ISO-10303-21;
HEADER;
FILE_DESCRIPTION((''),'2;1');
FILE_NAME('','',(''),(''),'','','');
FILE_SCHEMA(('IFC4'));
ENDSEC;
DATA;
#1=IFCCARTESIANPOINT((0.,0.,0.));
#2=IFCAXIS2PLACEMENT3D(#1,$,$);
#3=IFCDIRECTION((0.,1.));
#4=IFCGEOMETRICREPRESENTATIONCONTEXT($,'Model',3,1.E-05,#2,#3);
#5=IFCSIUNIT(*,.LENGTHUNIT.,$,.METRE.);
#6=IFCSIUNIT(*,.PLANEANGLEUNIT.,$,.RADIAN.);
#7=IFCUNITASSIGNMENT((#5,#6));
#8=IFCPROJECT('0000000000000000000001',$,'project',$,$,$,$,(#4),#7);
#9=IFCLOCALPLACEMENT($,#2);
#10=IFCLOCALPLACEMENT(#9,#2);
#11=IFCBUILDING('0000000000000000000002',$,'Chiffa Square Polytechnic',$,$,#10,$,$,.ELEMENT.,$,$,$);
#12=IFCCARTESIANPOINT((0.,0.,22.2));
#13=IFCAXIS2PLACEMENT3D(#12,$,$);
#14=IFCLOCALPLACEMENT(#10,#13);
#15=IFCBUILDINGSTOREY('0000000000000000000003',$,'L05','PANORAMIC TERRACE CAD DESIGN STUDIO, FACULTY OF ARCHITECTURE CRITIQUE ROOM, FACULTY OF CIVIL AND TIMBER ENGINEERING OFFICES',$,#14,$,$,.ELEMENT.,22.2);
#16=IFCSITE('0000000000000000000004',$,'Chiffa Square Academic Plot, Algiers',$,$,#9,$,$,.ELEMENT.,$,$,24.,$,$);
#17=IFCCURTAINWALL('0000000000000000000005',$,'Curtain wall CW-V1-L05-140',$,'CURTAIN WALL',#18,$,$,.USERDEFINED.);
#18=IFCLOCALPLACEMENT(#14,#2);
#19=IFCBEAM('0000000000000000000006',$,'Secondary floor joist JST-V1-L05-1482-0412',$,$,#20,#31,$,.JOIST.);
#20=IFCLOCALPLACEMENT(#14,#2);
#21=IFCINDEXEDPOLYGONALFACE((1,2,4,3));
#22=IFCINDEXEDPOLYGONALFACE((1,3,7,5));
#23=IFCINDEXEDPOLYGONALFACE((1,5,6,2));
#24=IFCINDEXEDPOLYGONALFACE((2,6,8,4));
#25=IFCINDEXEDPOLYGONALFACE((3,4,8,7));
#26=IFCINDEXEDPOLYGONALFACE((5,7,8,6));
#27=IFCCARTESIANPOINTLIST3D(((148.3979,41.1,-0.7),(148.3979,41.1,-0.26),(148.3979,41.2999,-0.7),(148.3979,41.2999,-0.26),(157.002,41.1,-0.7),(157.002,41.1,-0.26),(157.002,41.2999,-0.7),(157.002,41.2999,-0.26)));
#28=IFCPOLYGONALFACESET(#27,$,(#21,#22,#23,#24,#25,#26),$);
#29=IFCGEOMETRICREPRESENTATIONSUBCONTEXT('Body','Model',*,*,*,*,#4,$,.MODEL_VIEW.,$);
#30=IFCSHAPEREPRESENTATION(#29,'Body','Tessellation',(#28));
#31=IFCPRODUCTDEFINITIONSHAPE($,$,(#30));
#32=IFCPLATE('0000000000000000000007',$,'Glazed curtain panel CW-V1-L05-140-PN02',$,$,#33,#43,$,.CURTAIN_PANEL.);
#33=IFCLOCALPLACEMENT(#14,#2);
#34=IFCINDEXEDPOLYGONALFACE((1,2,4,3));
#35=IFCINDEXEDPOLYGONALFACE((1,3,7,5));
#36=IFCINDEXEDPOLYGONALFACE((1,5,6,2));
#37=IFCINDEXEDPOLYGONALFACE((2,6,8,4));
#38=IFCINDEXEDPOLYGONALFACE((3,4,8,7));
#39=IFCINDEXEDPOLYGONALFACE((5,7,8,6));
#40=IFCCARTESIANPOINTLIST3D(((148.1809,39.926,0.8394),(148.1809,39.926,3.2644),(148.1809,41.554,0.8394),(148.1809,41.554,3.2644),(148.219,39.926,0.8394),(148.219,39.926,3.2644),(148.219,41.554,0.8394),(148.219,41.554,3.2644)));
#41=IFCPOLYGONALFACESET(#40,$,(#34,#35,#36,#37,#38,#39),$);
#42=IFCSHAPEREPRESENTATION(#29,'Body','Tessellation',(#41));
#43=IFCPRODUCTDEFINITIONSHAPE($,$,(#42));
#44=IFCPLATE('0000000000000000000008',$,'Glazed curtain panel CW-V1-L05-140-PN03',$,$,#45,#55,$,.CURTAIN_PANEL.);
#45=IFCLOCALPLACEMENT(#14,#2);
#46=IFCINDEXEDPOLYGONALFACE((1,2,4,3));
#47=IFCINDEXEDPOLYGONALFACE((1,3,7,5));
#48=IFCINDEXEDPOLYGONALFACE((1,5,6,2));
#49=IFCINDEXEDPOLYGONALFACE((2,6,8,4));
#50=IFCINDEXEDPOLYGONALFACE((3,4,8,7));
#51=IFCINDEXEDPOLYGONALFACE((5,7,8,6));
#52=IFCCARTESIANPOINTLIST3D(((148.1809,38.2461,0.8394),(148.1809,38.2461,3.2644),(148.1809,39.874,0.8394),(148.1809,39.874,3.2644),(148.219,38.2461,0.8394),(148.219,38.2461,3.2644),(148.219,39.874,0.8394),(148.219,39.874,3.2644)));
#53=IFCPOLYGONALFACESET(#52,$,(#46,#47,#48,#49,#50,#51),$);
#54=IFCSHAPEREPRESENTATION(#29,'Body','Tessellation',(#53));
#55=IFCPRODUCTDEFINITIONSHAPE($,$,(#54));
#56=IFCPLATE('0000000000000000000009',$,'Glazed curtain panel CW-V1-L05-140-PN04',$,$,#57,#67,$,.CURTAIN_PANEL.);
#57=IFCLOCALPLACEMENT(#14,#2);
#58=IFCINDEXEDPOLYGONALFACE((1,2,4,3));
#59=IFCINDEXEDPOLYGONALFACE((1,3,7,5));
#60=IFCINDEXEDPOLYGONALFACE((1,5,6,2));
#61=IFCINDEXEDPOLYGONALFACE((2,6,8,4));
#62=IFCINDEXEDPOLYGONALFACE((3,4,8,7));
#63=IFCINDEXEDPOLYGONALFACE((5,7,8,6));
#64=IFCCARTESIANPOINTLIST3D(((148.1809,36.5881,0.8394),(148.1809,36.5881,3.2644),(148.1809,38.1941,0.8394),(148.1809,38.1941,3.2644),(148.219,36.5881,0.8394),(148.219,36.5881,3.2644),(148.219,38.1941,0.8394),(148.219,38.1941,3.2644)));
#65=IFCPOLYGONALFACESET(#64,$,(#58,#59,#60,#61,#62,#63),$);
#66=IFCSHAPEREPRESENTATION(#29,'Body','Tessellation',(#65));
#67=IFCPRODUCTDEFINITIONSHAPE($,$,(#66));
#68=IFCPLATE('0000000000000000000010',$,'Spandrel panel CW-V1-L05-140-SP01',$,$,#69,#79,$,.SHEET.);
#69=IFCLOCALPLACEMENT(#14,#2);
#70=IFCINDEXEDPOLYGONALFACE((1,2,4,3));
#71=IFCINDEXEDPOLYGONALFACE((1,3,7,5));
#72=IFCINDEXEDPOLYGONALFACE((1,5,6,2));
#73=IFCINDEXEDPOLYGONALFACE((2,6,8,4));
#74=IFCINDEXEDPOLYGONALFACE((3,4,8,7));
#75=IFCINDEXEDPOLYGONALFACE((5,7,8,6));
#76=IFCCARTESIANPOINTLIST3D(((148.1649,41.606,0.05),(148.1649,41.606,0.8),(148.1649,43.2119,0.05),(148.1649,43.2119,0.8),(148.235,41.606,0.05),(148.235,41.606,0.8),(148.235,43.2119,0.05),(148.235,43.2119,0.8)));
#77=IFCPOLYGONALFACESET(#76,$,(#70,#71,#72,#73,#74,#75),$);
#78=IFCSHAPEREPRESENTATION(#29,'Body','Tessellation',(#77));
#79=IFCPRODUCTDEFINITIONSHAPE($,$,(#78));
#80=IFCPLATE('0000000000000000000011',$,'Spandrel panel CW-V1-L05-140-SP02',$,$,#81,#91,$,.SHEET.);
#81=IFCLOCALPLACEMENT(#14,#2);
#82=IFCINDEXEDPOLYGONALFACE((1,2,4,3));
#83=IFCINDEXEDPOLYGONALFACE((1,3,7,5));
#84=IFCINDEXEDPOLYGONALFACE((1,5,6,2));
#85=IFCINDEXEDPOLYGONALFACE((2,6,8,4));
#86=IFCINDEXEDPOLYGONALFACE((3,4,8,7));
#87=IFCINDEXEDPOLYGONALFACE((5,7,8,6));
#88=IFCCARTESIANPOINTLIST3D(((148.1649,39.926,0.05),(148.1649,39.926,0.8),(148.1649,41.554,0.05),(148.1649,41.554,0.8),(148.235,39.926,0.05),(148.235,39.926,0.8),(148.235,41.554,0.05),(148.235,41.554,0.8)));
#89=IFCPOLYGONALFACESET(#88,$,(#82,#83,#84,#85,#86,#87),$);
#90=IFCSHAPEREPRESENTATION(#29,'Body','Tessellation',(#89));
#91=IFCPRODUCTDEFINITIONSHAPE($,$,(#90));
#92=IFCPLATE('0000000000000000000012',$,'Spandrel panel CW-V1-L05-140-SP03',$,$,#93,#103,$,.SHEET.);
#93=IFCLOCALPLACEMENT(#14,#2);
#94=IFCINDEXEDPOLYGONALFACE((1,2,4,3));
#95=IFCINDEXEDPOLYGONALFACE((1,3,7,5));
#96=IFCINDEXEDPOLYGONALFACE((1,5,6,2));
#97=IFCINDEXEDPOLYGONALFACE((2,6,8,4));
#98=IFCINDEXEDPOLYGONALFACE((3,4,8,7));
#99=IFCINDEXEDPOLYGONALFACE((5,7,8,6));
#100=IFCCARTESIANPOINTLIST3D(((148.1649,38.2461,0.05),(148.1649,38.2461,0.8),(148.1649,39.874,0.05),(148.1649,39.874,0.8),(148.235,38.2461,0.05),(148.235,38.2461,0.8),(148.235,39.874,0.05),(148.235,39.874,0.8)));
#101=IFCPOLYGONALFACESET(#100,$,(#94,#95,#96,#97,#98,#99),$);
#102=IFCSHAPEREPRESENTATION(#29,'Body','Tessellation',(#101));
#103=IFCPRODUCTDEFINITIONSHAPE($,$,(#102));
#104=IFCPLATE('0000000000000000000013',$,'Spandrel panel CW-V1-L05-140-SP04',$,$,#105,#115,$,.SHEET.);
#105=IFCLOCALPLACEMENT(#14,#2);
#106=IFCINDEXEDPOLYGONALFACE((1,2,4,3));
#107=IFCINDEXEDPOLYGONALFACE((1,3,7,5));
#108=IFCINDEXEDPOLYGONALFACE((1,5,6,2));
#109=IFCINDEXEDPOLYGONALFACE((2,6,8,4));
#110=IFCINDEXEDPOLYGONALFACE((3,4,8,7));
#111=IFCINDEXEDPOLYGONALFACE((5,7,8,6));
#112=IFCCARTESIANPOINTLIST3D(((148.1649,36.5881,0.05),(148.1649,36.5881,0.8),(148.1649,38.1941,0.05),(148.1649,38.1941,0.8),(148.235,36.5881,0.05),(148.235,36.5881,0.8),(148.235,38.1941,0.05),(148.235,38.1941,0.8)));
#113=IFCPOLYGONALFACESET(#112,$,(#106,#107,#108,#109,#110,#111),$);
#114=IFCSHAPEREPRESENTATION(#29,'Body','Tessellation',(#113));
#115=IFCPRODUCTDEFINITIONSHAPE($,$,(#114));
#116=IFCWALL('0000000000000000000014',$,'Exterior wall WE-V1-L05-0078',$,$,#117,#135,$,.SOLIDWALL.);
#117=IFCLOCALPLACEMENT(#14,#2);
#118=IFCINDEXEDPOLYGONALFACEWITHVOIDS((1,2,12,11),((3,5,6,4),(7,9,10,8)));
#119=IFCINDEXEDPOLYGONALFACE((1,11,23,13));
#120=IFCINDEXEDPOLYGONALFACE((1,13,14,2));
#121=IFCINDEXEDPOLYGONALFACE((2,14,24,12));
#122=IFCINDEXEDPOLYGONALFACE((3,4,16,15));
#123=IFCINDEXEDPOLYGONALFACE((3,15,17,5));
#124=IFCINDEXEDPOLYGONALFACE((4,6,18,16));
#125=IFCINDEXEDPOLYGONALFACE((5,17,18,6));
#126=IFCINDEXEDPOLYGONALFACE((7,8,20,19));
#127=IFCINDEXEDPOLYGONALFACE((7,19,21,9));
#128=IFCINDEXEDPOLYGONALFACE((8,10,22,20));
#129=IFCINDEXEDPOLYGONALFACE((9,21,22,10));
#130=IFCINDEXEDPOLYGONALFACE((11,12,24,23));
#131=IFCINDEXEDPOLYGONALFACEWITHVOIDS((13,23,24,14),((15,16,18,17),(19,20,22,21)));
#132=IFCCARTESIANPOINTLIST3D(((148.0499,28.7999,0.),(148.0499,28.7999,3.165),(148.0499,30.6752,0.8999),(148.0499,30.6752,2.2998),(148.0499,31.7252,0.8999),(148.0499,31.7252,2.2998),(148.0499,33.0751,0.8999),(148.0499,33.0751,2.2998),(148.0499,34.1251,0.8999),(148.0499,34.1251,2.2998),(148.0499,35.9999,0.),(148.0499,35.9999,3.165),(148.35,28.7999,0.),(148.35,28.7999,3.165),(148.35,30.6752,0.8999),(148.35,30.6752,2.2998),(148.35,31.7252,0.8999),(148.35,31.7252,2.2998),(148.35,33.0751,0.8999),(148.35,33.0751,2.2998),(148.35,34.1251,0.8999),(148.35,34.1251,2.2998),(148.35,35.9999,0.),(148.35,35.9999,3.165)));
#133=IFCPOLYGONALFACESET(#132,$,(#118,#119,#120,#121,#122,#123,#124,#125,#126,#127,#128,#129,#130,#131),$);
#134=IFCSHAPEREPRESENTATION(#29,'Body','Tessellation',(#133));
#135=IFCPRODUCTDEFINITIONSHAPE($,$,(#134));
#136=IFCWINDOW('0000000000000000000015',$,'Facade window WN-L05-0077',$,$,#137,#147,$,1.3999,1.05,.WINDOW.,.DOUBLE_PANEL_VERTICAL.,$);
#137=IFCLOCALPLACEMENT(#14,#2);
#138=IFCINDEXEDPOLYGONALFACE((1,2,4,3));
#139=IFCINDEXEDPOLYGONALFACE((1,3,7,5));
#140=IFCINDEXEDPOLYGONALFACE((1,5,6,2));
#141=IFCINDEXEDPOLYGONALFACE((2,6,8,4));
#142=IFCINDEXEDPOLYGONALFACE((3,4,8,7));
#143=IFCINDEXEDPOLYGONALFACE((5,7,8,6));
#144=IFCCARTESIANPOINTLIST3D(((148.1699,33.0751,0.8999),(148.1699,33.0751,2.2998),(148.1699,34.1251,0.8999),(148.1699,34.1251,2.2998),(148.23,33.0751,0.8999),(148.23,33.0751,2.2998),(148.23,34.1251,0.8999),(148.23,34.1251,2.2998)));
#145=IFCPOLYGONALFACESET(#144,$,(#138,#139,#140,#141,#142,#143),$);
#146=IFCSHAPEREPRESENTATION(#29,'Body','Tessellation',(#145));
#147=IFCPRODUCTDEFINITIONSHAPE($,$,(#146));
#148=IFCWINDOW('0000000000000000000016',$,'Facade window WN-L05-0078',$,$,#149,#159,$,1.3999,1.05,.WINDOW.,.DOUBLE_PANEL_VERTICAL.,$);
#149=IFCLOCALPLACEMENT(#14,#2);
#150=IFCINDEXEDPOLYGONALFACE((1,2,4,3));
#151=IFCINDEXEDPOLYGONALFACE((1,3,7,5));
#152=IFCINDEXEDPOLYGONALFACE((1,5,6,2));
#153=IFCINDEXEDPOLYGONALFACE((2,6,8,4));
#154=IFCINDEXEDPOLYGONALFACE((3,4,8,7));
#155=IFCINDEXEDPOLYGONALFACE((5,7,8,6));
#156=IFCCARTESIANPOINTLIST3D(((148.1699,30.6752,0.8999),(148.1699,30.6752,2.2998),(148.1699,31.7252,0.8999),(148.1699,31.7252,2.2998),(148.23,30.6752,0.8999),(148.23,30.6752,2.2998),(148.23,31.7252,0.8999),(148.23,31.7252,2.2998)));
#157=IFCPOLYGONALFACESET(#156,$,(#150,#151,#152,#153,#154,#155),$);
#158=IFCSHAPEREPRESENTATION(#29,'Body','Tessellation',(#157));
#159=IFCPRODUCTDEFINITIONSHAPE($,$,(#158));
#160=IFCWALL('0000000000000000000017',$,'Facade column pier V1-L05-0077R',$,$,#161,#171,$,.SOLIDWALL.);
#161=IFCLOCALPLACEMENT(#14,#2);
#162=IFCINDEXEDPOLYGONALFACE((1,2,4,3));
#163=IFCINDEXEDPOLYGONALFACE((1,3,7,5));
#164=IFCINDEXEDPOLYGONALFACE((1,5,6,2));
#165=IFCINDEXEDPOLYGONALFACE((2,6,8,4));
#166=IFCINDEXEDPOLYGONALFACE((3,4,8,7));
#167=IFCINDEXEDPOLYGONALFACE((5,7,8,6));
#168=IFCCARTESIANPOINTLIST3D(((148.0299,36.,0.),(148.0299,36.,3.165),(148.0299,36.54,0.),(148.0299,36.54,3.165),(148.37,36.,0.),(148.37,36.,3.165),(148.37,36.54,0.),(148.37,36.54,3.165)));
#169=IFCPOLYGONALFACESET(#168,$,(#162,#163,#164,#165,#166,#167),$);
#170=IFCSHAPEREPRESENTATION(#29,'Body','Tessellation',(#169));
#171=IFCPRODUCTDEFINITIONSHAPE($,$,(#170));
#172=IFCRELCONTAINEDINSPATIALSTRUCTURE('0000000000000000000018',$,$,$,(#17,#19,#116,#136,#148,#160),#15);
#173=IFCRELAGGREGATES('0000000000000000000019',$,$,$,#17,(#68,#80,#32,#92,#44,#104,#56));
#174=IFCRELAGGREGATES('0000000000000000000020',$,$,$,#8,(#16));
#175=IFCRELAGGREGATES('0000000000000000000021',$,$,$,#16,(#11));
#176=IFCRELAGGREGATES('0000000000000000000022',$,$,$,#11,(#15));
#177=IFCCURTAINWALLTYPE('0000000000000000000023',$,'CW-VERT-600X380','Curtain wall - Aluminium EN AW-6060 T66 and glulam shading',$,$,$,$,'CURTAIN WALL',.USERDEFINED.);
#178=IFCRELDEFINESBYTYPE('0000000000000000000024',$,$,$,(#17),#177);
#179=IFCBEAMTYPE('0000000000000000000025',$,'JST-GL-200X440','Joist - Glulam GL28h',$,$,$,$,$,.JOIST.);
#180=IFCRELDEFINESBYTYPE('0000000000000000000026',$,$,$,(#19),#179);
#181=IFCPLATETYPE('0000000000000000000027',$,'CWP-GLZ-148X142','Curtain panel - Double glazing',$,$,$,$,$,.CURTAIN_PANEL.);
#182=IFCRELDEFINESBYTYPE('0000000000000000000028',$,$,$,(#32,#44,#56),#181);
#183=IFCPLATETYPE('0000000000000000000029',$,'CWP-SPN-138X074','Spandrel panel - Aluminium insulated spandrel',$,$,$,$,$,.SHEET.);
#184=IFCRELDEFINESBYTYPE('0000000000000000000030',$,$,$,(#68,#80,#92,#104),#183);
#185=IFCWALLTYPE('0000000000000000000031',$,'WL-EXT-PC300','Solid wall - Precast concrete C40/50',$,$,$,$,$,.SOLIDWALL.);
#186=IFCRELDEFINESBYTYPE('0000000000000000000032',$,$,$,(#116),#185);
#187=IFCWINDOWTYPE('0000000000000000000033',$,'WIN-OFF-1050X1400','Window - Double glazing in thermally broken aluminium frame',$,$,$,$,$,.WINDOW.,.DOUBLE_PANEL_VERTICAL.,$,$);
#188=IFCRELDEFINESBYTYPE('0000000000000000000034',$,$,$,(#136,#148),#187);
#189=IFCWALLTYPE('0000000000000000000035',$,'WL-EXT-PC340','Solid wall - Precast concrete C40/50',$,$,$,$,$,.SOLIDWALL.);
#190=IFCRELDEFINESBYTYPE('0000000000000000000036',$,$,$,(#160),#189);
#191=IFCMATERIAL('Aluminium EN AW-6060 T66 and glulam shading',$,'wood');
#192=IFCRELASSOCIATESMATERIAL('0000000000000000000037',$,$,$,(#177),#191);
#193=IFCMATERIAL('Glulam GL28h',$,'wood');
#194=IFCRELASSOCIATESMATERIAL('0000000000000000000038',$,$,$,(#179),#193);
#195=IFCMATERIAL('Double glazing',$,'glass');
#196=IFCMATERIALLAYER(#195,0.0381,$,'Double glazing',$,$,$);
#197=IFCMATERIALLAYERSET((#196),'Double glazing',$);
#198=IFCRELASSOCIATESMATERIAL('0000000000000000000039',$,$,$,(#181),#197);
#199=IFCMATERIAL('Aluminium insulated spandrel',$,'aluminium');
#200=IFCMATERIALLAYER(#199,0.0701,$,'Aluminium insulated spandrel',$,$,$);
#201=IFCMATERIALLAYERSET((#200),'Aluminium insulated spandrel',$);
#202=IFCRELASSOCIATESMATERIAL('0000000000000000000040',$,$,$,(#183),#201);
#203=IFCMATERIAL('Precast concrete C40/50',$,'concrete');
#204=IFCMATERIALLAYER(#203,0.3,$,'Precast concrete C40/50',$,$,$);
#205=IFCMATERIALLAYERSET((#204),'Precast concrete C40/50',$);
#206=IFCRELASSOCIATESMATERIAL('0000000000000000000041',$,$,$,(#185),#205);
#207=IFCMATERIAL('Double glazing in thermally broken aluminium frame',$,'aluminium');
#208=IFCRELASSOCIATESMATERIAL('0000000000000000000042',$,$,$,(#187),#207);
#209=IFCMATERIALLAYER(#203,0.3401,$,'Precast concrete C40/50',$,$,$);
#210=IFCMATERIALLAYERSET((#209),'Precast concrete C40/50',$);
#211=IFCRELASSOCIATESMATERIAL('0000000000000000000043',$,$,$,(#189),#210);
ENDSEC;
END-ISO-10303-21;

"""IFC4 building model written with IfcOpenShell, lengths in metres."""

from ifc_helpers import new_model, si_unit, direction, frame, frame_2d, origin, origin_2d, place, context, subcontext, project, spatial, rectangle, extrude, material, layer, layer_set, material_profile, profile_set, type_object, element, fill, aggregate, save


model = new_model("IFC4")

# Units and contexts
model_context = context("Model", 3, precision=1e-05, world=origin(), true_north=direction((0.0, 1.0)))
body_context = subcontext(model_context, "Body", "Model", "MODEL_VIEW")
ifc_project = project(units=[si_unit("LENGTHUNIT", "METRE"), si_unit("PLANEANGLEUNIT", "RADIAN")], contexts=[model_context])

# Site, building, storey
site_placement = place(None, origin())
site = spatial("IfcSite", under=ifc_project, at=site_placement, Name="Chiffa Square Academic Plot, Algiers", CompositionType="ELEMENT", RefElevation=24.0)
building_placement = place(site_placement, origin())
building = spatial("IfcBuilding", under=site, at=building_placement, Name="Chiffa Square Polytechnic", CompositionType="ELEMENT")
storey_placement = place(building_placement, frame((0.0, 0.0, 22.2)))
storey = spatial("IfcBuildingStorey", under=building, at=storey_placement, Name="L05", Description="PANORAMIC TERRACE CAD DESIGN STUDIO, FACULTY OF ARCHITECTURE CRITIQUE ROOM, FACULTY OF CIVIL AND TIMBER ENGINEERING OFFICES", CompositionType="ELEMENT", Elevation=22.2)

# Curtain wall
ifc_material_1 = material(Name="Aluminium EN AW-6060 T66 and glulam shading", Category="wood")
curtain_wall_type = type_object("IfcCurtainWallType", Name="CW-VERT-600X380", Description="Curtain wall - Aluminium EN AW-6060 T66 and glulam shading", ElementType="CURTAIN WALL", PredefinedType="USERDEFINED", material=ifc_material_1)
curtain_wall_placement = place(storey_placement, origin())
curtain_wall = element("IfcCurtainWall", 1, at=curtain_wall_placement, inside=storey, type_object=curtain_wall_type, Name="Curtain wall CW-V1-L05-140", ObjectType="CURTAIN WALL", PredefinedType="USERDEFINED")
ifc_material_2 = material(Name="Glulam GL28h", Category="wood")

# Beam
ifc_material_profile_1 = material_profile(ifc_material_2, rectangle(XDim=0.2, YDim=0.4399, at=origin_2d()), Name="GL28h 200x440")
ifc_profile_set_1 = profile_set([ifc_material_profile_1], Name="Glulam GL28h")
beam_type_1 = type_object("IfcBeamType", Name="JST-GL-200X440", Description="Joist - Glulam GL28h", PredefinedType="JOIST", material=ifc_profile_set_1)
for number, where, z_axis, x_axis, name in (
    (2, (148.3979, 41.2, -0.48), (1.0, 0.0, 0.0), (0.0, 1.0, 0.0), "Secondary floor joist JST-V1-L05-1482-0412"),
):
    element("IfcBeam", number, at=place(storey_placement, frame(where, z_axis=z_axis, x_axis=x_axis)), inside=storey, type_object=beam_type_1, Name=name, PredefinedType="JOIST", context=body_context, shape_type="SweptSolid", body=[
        extrude(rectangle(XDim=0.2, YDim=0.4399, at=origin_2d()), origin(), (0.0, 0.0, 1.0), 8.604),
    ])

# Plates
ifc_material_3 = material(Name="Double glazing", Category="glass")
ifc_layer_1 = layer(ifc_material_3, 0.0381, Name="Double glazing")
ifc_layer_set_1 = layer_set([ifc_layer_1], Name="Double glazing")
plate_type_1 = type_object("IfcPlateType", Name="CWP-GLZ-148X142", Description="Curtain panel - Double glazing", PredefinedType="CURTAIN_PANEL", material=ifc_layer_set_1)
plate_1_placement = place(storey_placement, frame((148.2, 40.74, 0.8394), z_axis=(0.0, 0.0, 1.0), x_axis=(0.0, -1.0, 0.0)))
plate_1 = element("IfcPlate", 3, at=plate_1_placement, type_object=plate_type_1, Name="Glazed curtain panel CW-V1-L05-140-PN02", PredefinedType="CURTAIN_PANEL", context=body_context, shape_type="SweptSolid", body=[
    extrude(rectangle(XDim=1.6279, YDim=0.0381, at=origin_2d()), origin(), (0.0, 0.0, 1.0), 2.425),
])
plate_2_placement = place(storey_placement, frame((148.2, 39.0601, 0.8394), z_axis=(0.0, 0.0, 1.0), x_axis=(0.0, -1.0, 0.0)))
plate_2 = element("IfcPlate", 4, at=plate_2_placement, type_object=plate_type_1, Name="Glazed curtain panel CW-V1-L05-140-PN03", PredefinedType="CURTAIN_PANEL", context=body_context, shape_type="SweptSolid", body=[
    extrude(rectangle(XDim=1.6279, YDim=0.0381, at=origin_2d()), origin(), (0.0, 0.0, 1.0), 2.425),
])
plate_3_placement = place(storey_placement, frame((148.2, 37.3911, 0.8394), z_axis=(0.0, 0.0, 1.0), x_axis=(0.0, -1.0, 0.0)))
plate_3 = element("IfcPlate", 5, at=plate_3_placement, type_object=plate_type_1, Name="Glazed curtain panel CW-V1-L05-140-PN04", PredefinedType="CURTAIN_PANEL", context=body_context, shape_type="SweptSolid", body=[
    extrude(rectangle(XDim=1.606, YDim=0.0381, at=origin_2d()), origin(), (0.0, 0.0, 1.0), 2.425),
])
ifc_material_4 = material(Name="Aluminium insulated spandrel", Category="aluminium")
ifc_layer_2 = layer(ifc_material_4, 0.0701, Name="Aluminium insulated spandrel")
ifc_layer_set_2 = layer_set([ifc_layer_2], Name="Aluminium insulated spandrel")
plate_type_2 = type_object("IfcPlateType", Name="CWP-SPN-138X074", Description="Spandrel panel - Aluminium insulated spandrel", PredefinedType="SHEET", material=ifc_layer_set_2)
plate_4_placement = place(storey_placement, frame((148.2, 42.4089, 0.05), z_axis=(0.0, 0.0, 1.0), x_axis=(0.0, -1.0, 0.0)))
plate_4 = element("IfcPlate", 6, at=plate_4_placement, type_object=plate_type_2, Name="Spandrel panel CW-V1-L05-140-SP01", PredefinedType="SHEET", context=body_context, shape_type="SweptSolid", body=[
    extrude(rectangle(XDim=1.606, YDim=0.0701, at=origin_2d()), origin(), (0.0, 0.0, 1.0), 0.75),
])
plate_5_placement = place(storey_placement, frame((148.2, 40.74, 0.05), z_axis=(0.0, 0.0, 1.0), x_axis=(0.0, -1.0, 0.0)))
plate_5 = element("IfcPlate", 7, at=plate_5_placement, type_object=plate_type_2, Name="Spandrel panel CW-V1-L05-140-SP02", PredefinedType="SHEET", context=body_context, shape_type="SweptSolid", body=[
    extrude(rectangle(XDim=1.6279, YDim=0.0701, at=origin_2d()), origin(), (0.0, 0.0, 1.0), 0.75),
])
plate_6_placement = place(storey_placement, frame((148.2, 39.0601, 0.05), z_axis=(0.0, 0.0, 1.0), x_axis=(0.0, -1.0, 0.0)))
plate_6 = element("IfcPlate", 8, at=plate_6_placement, type_object=plate_type_2, Name="Spandrel panel CW-V1-L05-140-SP03", PredefinedType="SHEET", context=body_context, shape_type="SweptSolid", body=[
    extrude(rectangle(XDim=1.6279, YDim=0.0701, at=origin_2d()), origin(), (0.0, 0.0, 1.0), 0.75),
])
plate_7_placement = place(storey_placement, frame((148.2, 37.3911, 0.05), z_axis=(0.0, 0.0, 1.0), x_axis=(0.0, -1.0, 0.0)))
plate_7 = element("IfcPlate", 9, at=plate_7_placement, type_object=plate_type_2, Name="Spandrel panel CW-V1-L05-140-SP04", PredefinedType="SHEET", context=body_context, shape_type="SweptSolid", body=[
    extrude(rectangle(XDim=1.606, YDim=0.0701, at=origin_2d()), origin(), (0.0, 0.0, 1.0), 0.75),
])
aggregate(curtain_wall, [plate_4, plate_5, plate_1, plate_6, plate_2, plate_7, plate_3])

# Wall, openings, windows
ifc_material_5 = material(Name="Precast concrete C40/50", Category="concrete")
ifc_layer_3 = layer(ifc_material_5, 0.3, Name="Precast concrete C40/50")
ifc_layer_set_3 = layer_set([ifc_layer_3], Name="Precast concrete C40/50")
wall_type_1 = type_object("IfcWallType", Name="WL-EXT-PC300", Description="Solid wall - Precast concrete C40/50", PredefinedType="SOLIDWALL", material=ifc_layer_set_3)
wall_1_placement = place(storey_placement, frame((148.2, 36.0, 0.0), z_axis=(0.0, 0.0, 1.0), x_axis=(0.0, -1.0, 0.0)))
wall_1 = element("IfcWall", 10, at=wall_1_placement, inside=storey, type_object=wall_type_1, Name="Exterior wall WE-V1-L05-0078", PredefinedType="SOLIDWALL", context=body_context, shape_type="SweptSolid", body=[
    extrude(rectangle(XDim=7.2, YDim=0.3, at=frame_2d((3.6001, 0.0))), origin(), (0.0, 0.0, 1.0), 3.165),
])
opening_1_placement = place(wall_1_placement, frame((1.875, 0.0, 0.8999)))
opening_1 = element("IfcOpeningElement", 11, at=opening_1_placement, cuts=wall_1, PredefinedType="OPENING", context=body_context, shape_type="SweptSolid", body=[
    extrude(rectangle(XDim=1.05, YDim=1.3999, at=frame_2d((0.5249, 0.7))), frame((0.0, 0.1602, 0.0), z_axis=(0.0, -1.0, 0.0), x_axis=(1.0, 0.0, 0.0)), (0.0, 0.0, 1.0), 0.3201),
])
opening_2_placement = place(wall_1_placement, frame((4.2749, 0.0, 0.8999)))
opening_2 = element("IfcOpeningElement", 12, at=opening_2_placement, cuts=wall_1, PredefinedType="OPENING", context=body_context, shape_type="SweptSolid", body=[
    extrude(rectangle(XDim=1.05, YDim=1.3999, at=frame_2d((0.5249, 0.7))), frame((0.0, 0.1602, 0.0), z_axis=(0.0, -1.0, 0.0), x_axis=(1.0, 0.0, 0.0)), (0.0, 0.0, 1.0), 0.3201),
])
ifc_material_6 = material(Name="Double glazing in thermally broken aluminium frame", Category="aluminium")
window_type = type_object("IfcWindowType", Name="WIN-OFF-1050X1400", Description="Window - Double glazing in thermally broken aluminium frame", PartitioningType="DOUBLE_PANEL_VERTICAL", PredefinedType="WINDOW", material=ifc_material_6)
window_1_placement = place(opening_1_placement, origin())
window_1 = element("IfcWindow", 13, at=window_1_placement, inside=storey, type_object=window_type, Name="Facade window WN-L05-0077", OverallHeight=1.3999, OverallWidth=1.05, PartitioningType="DOUBLE_PANEL_VERTICAL", PredefinedType="WINDOW", context=body_context, shape_type="SweptSolid", body=[
    extrude(rectangle(XDim=1.05, YDim=1.3999, at=frame_2d((0.5249, 0.7))), frame((0.0, 0.03, 0.0), z_axis=(0.0, -1.0, 0.0), x_axis=(1.0, 0.0, 0.0)), (0.0, 0.0, 1.0), 0.0601),
])
fill(opening_1, window_1)
window_2_placement = place(opening_2_placement, origin())
window_2 = element("IfcWindow", 14, at=window_2_placement, inside=storey, type_object=window_type, Name="Facade window WN-L05-0078", OverallHeight=1.3999, OverallWidth=1.05, PartitioningType="DOUBLE_PANEL_VERTICAL", PredefinedType="WINDOW", context=body_context, shape_type="SweptSolid", body=[
    extrude(rectangle(XDim=1.05, YDim=1.3999, at=frame_2d((0.5249, 0.7))), frame((0.0, 0.03, 0.0), z_axis=(0.0, -1.0, 0.0), x_axis=(1.0, 0.0, 0.0)), (0.0, 0.0, 1.0), 0.0601),
])
fill(opening_2, window_2)

# Wall
ifc_layer_4 = layer(ifc_material_5, 0.3401, Name="Precast concrete C40/50")
ifc_layer_set_4 = layer_set([ifc_layer_4], Name="Precast concrete C40/50")
wall_type_2 = type_object("IfcWallType", Name="WL-EXT-PC340", Description="Solid wall - Precast concrete C40/50", PredefinedType="SOLIDWALL", material=ifc_layer_set_4)
wall_2_placement = place(storey_placement, frame((148.2, 36.54, 0.0), z_axis=(0.0, 0.0, 1.0), x_axis=(0.0, -1.0, 0.0)))
element("IfcWall", 15, at=wall_2_placement, inside=storey, type_object=wall_type_2, Name="Facade column pier V1-L05-0077R", PredefinedType="SOLIDWALL", context=body_context, shape_type="SweptSolid", body=[
    extrude(rectangle(XDim=0.54, YDim=0.3401, at=frame_2d((0.27, 0.0))), origin(), (0.0, 0.0, 1.0), 3.165),
])

save(model, "model.ifc")
